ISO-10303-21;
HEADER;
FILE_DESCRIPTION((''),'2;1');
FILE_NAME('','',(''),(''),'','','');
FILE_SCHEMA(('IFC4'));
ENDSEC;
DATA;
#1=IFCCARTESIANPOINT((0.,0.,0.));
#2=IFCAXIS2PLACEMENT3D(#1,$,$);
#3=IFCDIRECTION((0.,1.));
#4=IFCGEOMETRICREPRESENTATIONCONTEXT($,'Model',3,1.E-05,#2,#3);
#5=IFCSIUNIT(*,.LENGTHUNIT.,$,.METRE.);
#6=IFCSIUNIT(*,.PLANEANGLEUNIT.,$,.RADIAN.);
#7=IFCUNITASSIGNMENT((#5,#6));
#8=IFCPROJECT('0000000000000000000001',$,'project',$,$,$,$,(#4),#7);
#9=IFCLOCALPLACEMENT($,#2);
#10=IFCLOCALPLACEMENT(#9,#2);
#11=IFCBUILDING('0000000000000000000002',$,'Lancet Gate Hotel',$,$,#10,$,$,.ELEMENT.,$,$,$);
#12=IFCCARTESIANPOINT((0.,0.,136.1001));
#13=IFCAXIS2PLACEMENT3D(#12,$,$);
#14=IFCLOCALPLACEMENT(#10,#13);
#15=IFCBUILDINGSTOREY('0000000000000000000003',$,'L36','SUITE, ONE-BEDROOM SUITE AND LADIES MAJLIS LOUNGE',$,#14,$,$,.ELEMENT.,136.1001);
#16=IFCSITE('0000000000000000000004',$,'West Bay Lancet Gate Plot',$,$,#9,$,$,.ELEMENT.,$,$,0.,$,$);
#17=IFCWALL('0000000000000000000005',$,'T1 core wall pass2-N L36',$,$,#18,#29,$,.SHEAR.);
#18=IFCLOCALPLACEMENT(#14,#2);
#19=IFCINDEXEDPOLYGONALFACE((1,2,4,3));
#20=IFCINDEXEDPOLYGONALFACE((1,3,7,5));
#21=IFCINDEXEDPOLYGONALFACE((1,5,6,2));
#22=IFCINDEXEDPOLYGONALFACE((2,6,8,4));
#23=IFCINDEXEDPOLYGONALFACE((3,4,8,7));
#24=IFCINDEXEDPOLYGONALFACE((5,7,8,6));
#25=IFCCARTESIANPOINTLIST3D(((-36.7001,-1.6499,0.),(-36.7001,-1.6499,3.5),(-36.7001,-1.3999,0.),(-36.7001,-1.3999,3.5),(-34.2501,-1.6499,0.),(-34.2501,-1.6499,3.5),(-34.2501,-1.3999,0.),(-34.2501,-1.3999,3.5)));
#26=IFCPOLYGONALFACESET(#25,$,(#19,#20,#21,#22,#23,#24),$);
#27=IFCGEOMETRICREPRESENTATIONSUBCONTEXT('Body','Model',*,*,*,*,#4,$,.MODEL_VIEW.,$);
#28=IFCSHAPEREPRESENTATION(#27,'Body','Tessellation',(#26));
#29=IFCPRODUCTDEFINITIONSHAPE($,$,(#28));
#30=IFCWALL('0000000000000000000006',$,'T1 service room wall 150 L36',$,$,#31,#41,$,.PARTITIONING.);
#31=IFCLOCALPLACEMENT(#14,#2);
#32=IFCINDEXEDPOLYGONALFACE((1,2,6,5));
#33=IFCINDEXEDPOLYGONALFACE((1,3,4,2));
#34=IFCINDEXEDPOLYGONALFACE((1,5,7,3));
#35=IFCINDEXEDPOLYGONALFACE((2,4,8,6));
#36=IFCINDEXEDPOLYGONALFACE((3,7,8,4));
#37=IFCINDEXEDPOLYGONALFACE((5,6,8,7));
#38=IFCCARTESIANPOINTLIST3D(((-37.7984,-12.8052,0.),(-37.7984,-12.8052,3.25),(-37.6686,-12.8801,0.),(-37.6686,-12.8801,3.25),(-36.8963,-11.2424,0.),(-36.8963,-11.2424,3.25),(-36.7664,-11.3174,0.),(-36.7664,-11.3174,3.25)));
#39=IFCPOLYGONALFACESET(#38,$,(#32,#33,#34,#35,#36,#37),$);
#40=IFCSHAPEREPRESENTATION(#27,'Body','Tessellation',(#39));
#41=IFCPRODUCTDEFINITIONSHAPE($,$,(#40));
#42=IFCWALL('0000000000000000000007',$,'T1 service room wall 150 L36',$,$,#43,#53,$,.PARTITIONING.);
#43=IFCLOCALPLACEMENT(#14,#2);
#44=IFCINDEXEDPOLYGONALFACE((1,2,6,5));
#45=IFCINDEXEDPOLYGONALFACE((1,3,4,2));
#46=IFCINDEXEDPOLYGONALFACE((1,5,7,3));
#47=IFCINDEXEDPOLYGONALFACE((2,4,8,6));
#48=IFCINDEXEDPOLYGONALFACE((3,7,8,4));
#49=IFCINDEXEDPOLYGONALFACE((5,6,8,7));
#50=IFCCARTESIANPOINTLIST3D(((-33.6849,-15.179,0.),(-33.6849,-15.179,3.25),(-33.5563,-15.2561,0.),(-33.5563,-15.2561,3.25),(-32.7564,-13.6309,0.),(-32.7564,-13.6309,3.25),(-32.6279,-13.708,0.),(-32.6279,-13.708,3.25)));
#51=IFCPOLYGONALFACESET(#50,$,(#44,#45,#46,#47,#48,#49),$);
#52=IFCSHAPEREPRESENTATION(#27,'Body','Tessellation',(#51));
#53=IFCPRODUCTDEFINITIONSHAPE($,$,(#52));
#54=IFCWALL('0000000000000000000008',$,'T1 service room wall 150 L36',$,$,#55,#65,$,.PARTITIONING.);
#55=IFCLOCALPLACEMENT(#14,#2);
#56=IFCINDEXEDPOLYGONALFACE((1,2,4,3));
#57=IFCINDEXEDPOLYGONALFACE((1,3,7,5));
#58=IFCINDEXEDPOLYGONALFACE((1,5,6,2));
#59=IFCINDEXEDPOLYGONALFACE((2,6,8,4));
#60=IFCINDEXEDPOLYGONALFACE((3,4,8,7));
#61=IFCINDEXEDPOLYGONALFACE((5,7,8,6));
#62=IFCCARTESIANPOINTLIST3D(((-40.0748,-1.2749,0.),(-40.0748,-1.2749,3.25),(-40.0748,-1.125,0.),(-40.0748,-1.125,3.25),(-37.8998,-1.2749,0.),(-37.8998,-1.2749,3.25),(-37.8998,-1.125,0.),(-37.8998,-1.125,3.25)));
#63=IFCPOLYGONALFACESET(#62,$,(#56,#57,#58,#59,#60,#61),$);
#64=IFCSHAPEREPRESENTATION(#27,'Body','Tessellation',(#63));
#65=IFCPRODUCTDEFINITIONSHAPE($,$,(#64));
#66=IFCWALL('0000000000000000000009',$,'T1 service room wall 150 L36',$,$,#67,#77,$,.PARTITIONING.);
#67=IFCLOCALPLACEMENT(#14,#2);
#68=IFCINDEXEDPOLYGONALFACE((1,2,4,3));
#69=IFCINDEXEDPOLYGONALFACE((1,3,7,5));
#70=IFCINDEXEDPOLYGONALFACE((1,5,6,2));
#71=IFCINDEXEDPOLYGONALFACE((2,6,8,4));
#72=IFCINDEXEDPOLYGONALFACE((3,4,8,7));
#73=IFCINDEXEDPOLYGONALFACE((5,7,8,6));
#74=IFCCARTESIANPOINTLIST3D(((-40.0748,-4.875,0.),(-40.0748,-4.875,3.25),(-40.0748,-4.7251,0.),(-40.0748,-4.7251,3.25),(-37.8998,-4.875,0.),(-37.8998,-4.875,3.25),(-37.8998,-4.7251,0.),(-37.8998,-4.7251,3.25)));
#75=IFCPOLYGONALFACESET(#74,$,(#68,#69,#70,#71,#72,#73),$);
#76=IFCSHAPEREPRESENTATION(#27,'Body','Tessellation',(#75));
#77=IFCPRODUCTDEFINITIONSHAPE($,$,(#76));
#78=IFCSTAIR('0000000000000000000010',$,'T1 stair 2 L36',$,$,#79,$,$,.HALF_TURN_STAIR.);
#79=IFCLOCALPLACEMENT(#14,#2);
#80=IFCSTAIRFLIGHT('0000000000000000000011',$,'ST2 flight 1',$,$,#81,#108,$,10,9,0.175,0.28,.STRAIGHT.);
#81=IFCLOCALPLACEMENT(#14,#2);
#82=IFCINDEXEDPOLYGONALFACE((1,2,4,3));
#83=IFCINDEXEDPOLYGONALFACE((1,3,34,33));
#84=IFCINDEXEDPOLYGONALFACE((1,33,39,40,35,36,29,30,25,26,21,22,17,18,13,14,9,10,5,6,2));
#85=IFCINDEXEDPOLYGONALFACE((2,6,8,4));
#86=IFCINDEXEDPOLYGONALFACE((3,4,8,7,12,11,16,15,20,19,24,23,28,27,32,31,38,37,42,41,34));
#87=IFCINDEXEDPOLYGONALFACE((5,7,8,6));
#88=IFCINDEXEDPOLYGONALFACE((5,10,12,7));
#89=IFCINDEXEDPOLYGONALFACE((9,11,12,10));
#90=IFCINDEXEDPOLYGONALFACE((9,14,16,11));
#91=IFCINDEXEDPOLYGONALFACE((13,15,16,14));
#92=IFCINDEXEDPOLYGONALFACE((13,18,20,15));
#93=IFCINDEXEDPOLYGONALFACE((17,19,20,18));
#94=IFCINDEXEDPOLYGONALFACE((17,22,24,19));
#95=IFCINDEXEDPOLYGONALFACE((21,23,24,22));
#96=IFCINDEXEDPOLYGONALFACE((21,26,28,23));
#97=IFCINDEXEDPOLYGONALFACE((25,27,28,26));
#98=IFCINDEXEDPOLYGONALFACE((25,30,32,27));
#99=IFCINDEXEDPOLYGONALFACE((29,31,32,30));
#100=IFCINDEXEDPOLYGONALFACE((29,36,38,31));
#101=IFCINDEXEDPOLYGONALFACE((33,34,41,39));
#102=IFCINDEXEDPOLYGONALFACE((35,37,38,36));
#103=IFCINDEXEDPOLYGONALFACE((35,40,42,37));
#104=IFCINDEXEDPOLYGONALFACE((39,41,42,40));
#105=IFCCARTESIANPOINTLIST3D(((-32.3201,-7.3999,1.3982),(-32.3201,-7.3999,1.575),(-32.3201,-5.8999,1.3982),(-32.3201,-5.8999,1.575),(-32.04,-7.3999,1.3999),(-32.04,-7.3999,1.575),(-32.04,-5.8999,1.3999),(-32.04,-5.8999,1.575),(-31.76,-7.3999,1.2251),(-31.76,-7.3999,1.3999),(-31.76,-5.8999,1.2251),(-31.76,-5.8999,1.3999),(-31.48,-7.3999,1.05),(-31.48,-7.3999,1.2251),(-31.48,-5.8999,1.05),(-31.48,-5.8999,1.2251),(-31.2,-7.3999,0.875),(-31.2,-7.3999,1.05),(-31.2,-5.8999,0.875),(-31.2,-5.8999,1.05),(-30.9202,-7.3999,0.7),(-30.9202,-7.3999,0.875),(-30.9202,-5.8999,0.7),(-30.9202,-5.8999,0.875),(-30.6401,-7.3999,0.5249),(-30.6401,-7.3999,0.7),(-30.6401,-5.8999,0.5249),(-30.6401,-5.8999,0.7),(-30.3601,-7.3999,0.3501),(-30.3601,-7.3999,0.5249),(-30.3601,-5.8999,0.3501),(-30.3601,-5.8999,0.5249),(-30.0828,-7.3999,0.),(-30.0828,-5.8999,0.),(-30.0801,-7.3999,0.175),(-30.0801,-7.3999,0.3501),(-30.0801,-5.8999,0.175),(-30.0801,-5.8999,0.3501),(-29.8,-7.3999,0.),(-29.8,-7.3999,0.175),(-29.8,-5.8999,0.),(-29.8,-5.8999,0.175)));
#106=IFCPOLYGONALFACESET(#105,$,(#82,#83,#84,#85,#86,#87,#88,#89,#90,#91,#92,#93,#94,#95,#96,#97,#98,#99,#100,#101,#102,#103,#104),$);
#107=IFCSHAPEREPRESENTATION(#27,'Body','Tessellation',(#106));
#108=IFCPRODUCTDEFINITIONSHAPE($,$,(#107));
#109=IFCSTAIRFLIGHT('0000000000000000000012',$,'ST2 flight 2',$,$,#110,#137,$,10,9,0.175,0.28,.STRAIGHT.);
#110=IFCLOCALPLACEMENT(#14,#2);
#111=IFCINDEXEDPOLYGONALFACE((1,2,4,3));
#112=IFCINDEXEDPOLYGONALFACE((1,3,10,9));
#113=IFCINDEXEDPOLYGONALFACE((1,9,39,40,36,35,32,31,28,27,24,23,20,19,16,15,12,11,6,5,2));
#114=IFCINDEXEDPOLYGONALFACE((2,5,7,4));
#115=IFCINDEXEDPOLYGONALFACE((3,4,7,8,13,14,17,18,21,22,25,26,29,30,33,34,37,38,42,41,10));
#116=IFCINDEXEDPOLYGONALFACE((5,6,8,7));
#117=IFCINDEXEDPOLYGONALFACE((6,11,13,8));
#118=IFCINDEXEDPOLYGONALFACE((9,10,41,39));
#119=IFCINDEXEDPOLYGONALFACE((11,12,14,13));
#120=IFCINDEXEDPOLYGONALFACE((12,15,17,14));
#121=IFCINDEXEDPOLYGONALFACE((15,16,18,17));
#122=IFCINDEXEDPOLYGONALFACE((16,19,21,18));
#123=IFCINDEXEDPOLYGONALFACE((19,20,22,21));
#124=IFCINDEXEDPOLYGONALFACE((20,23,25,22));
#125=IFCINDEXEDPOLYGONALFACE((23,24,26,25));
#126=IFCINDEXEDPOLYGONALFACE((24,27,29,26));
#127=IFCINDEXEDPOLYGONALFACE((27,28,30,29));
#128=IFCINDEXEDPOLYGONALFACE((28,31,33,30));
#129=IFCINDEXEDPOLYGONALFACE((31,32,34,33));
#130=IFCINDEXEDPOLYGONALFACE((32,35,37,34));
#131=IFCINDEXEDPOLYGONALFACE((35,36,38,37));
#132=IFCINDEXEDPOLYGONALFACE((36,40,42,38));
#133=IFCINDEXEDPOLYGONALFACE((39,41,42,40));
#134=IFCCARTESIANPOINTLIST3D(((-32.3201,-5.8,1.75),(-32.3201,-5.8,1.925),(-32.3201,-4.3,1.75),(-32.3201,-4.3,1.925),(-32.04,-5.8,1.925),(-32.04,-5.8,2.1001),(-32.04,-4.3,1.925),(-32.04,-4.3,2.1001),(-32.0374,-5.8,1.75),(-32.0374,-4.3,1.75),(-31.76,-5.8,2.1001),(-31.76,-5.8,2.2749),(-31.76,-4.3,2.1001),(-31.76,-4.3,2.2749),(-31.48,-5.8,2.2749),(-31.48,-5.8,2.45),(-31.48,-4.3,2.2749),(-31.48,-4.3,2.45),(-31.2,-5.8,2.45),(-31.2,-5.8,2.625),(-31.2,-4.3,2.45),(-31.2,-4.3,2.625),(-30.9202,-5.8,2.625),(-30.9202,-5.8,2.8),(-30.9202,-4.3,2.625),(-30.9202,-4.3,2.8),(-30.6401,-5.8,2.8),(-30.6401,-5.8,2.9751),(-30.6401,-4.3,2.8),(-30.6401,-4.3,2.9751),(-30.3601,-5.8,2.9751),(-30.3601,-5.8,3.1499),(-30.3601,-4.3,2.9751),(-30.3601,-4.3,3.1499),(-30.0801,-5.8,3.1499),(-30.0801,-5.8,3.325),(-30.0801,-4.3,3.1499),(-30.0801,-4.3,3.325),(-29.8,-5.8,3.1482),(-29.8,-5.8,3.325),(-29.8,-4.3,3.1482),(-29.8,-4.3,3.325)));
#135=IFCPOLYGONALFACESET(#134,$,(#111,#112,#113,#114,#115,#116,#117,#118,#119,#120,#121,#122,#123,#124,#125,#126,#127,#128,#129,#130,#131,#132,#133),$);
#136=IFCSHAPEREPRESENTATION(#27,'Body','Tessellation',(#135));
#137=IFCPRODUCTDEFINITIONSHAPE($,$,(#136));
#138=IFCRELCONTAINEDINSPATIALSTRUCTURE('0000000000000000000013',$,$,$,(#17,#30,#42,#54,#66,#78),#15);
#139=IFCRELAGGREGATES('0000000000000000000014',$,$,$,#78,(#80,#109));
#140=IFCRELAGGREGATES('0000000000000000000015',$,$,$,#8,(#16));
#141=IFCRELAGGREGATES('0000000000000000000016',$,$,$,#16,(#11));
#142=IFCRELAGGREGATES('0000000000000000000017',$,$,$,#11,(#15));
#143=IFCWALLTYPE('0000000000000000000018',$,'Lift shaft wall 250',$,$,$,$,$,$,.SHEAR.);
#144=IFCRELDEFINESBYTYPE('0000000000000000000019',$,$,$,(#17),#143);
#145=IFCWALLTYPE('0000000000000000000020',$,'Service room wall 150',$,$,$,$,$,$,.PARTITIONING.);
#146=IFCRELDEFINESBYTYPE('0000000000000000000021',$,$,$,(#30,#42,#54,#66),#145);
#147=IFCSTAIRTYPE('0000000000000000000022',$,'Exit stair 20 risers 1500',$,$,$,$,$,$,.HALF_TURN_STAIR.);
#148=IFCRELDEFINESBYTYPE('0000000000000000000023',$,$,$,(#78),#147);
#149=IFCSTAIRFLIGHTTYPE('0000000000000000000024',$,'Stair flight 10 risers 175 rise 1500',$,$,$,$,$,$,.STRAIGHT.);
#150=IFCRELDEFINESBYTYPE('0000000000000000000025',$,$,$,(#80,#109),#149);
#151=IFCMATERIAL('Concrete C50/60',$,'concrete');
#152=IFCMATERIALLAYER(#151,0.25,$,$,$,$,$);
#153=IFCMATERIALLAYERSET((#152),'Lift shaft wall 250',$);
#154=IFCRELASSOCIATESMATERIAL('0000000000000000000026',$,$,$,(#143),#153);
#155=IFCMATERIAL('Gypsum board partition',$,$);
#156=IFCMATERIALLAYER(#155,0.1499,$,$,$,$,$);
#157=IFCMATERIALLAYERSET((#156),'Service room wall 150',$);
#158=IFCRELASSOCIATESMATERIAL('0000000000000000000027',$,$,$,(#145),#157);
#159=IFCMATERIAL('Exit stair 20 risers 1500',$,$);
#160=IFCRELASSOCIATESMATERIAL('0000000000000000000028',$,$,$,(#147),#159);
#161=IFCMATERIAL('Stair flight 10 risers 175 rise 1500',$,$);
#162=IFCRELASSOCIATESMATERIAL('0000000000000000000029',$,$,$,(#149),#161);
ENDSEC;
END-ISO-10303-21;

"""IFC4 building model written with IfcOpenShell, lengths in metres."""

from ifc_helpers import new_model, si_unit, direction, frame, frame_2d, origin, place, context, subcontext, project, spatial, polyline, rectangle, outline, extrude, material, layer, layer_set, type_object, element, aggregate, save


model = new_model("IFC4")

# Units and contexts
model_context = context("Model", 3, precision=1e-05, world=origin(), true_north=direction((0.0, 1.0)))
body_context = subcontext(model_context, "Body", "Model", "MODEL_VIEW")
ifc_project = project(units=[si_unit("LENGTHUNIT", "METRE"), si_unit("PLANEANGLEUNIT", "RADIAN")], contexts=[model_context])

# Site, building, storey
site_placement = place(None, origin())
site = spatial("IfcSite", under=ifc_project, at=site_placement, Name="West Bay Lancet Gate Plot", CompositionType="ELEMENT", RefElevation=0.0)
building_placement = place(site_placement, origin())
building = spatial("IfcBuilding", under=site, at=building_placement, Name="Lancet Gate Hotel", CompositionType="ELEMENT")
storey_placement = place(building_placement, frame((0.0, 0.0, 136.1001)))
storey = spatial("IfcBuildingStorey", under=building, at=storey_placement, Name="L36", Description="SUITE, ONE-BEDROOM SUITE AND LADIES MAJLIS LOUNGE", CompositionType="ELEMENT", Elevation=136.1001)

# Shared definitions
ifc_material_1 = material(Name="Concrete C50/60", Category="concrete")
ifc_layer_1 = layer(ifc_material_1, 0.25)
ifc_layer_set_1 = layer_set([ifc_layer_1], Name="Lift shaft wall 250")
wall_type_1 = type_object("IfcWallType", Name="Lift shaft wall 250", PredefinedType="SHEAR", material=ifc_layer_set_1)

# Walls
wall_1_placement = place(storey_placement, frame((-34.25, -1.5249, 0.0), z_axis=(0.0, 0.0, 1.0), x_axis=(-1.0, 0.0, 0.0)))
element("IfcWall", 1, at=wall_1_placement, inside=storey, type_object=wall_type_1, Name="T1 core wall pass2-N L36", PredefinedType="SHEAR", context=body_context, shape_type="SweptSolid", body=[
    extrude(rectangle(XDim=2.45, YDim=0.25, at=frame_2d((1.2251, 0.0))), origin(), (0.0, 0.0, 1.0), 3.5),
])
ifc_material_2 = material(Name="Gypsum board partition")
ifc_layer_2 = layer(ifc_material_2, 0.1499)
ifc_layer_set_2 = layer_set([ifc_layer_2], Name="Service room wall 150")
wall_type_2 = type_object("IfcWallType", Name="Service room wall 150", PredefinedType="PARTITIONING", material=ifc_layer_set_2)
wall_2_placement = place(storey_placement, frame((-36.8313, -11.2798, 0.0), z_axis=(0.0, 0.0, 1.0), x_axis=(-0.499937, -0.866062, 0.0)))
element("IfcWall", 2, at=wall_2_placement, inside=storey, type_object=wall_type_2, Name="T1 service room wall 150 L36", PredefinedType="PARTITIONING", context=body_context, shape_type="SweptSolid", body=[
    extrude(rectangle(XDim=1.8044, YDim=0.1499, at=frame_2d((0.9023, 0.0))), origin(), (0.0, 0.0, 1.0), 3.25),
])
wall_3_placement = place(storey_placement, frame((-33.6206, -15.2175, 0.0), z_axis=(0.0, 0.0, 1.0), x_axis=(0.514337, 0.857588, 0.0)))
element("IfcWall", 3, at=wall_3_placement, inside=storey, type_object=wall_type_2, Name="T1 service room wall 150 L36", PredefinedType="PARTITIONING", context=body_context, shape_type="SweptSolid", body=[
    extrude(rectangle(XDim=1.8052, YDim=0.1499, at=frame_2d((0.9026, 0.0))), origin(), (0.0, 0.0, 1.0), 3.25),
])
for number, where, z_axis, x_axis, name in (
    (4, (-37.8999, -1.2, 0.0), (0.0, 0.0, 1.0), (-1.0, 0.0, 0.0), "T1 service room wall 150 L36"),
    (5, (-37.8999, -4.8, 0.0), (0.0, 0.0, 1.0), (-1.0, 0.0, 0.0), "T1 service room wall 150 L36"),
):
    element("IfcWall", number, at=place(storey_placement, frame(where, z_axis=z_axis, x_axis=x_axis)), inside=storey, type_object=wall_type_2, Name=name, PredefinedType="PARTITIONING", context=body_context, shape_type="SweptSolid", body=[
        extrude(rectangle(XDim=2.175, YDim=0.1499, at=frame_2d((1.0874, 0.0))), origin(), (0.0, 0.0, 1.0), 3.25),
    ])

# Stair, stair flights
ifc_material_3 = material(Name="Exit stair 20 risers 1500")
stair_type = type_object("IfcStairType", Name="Exit stair 20 risers 1500", PredefinedType="HALF_TURN_STAIR", material=ifc_material_3)
stair_placement = place(storey_placement, origin())
stair = element("IfcStair", 6, at=stair_placement, inside=storey, type_object=stair_type, Name="T1 stair 2 L36", PredefinedType="HALF_TURN_STAIR")
ifc_material_4 = material(Name="Stair flight 10 risers 175 rise 1500")
stair_flight_type = type_object("IfcStairFlightType", Name="Stair flight 10 risers 175 rise 1500", PredefinedType="STRAIGHT", material=ifc_material_4)
stair_flight_1_placement = place(storey_placement, frame((-29.8, -6.6499, 0.0), z_axis=(0.0, 0.0, 1.0), x_axis=(-1.0, 0.0, 0.0)))
stair_flight_1 = element("IfcStairFlight", 7, at=stair_flight_1_placement, type_object=stair_flight_type, Name="ST2 flight 1", NumberOfRisers=10, NumberOfTreads=9, PredefinedType="STRAIGHT", RiserHeight=0.175, TreadLength=0.28, context=body_context, shape_type="SweptSolid", body=[
    extrude(outline(polyline([(0.0, 0.0), (0.0, 0.175), (0.28, 0.175), (0.28, 0.3501), (0.5601, 0.3501), (0.5601, 0.5249), (0.8401, 0.5249), (0.8401, 0.7), (1.1201, 0.7), (1.1201, 0.875), (1.3999, 0.875), (1.3999, 1.05), (1.6799, 1.05), (1.6799, 1.2251), (1.96, 1.2251), (1.96, 1.3999), (2.24, 1.3999), (2.24, 1.575), (2.52, 1.575), (2.52, 1.75), (2.52, 1.3982), (0.2827, 0.0), (0.0, 0.0)])), frame((0.0, 0.75, 0.0), z_axis=(0.0, -1.0, 0.0), x_axis=(1.0, 0.0, 0.0)), (0.0, 0.0, 1.0), 1.5),
])
stair_flight_2_placement = place(storey_placement, frame((-32.3201, -5.05, 1.75), z_axis=(0.0, 0.0, 1.0), x_axis=(1.0, 0.0, 0.0)))
stair_flight_2 = element("IfcStairFlight", 8, at=stair_flight_2_placement, type_object=stair_flight_type, Name="ST2 flight 2", NumberOfRisers=10, NumberOfTreads=9, PredefinedType="STRAIGHT", RiserHeight=0.175, TreadLength=0.28, context=body_context, shape_type="SweptSolid", body=[
    extrude(outline(polyline([(0.0, 0.0), (0.0, 0.175), (0.28, 0.175), (0.28, 0.3501), (0.5601, 0.3501), (0.5601, 0.5249), (0.8401, 0.5249), (0.8401, 0.7), (1.1201, 0.7), (1.1201, 0.875), (1.3999, 0.875), (1.3999, 1.05), (1.6799, 1.05), (1.6799, 1.2251), (1.96, 1.2251), (1.96, 1.3999), (2.24, 1.3999), (2.24, 1.575), (2.52, 1.575), (2.52, 1.75), (2.52, 1.3982), (0.2827, 0.0), (0.0, 0.0)])), frame((0.0, 0.75, 0.0), z_axis=(0.0, -1.0, 0.0), x_axis=(1.0, 0.0, 0.0)), (0.0, 0.0, 1.0), 1.5),
])
aggregate(stair, [stair_flight_1, stair_flight_2])

save(model, "model.ifc")
